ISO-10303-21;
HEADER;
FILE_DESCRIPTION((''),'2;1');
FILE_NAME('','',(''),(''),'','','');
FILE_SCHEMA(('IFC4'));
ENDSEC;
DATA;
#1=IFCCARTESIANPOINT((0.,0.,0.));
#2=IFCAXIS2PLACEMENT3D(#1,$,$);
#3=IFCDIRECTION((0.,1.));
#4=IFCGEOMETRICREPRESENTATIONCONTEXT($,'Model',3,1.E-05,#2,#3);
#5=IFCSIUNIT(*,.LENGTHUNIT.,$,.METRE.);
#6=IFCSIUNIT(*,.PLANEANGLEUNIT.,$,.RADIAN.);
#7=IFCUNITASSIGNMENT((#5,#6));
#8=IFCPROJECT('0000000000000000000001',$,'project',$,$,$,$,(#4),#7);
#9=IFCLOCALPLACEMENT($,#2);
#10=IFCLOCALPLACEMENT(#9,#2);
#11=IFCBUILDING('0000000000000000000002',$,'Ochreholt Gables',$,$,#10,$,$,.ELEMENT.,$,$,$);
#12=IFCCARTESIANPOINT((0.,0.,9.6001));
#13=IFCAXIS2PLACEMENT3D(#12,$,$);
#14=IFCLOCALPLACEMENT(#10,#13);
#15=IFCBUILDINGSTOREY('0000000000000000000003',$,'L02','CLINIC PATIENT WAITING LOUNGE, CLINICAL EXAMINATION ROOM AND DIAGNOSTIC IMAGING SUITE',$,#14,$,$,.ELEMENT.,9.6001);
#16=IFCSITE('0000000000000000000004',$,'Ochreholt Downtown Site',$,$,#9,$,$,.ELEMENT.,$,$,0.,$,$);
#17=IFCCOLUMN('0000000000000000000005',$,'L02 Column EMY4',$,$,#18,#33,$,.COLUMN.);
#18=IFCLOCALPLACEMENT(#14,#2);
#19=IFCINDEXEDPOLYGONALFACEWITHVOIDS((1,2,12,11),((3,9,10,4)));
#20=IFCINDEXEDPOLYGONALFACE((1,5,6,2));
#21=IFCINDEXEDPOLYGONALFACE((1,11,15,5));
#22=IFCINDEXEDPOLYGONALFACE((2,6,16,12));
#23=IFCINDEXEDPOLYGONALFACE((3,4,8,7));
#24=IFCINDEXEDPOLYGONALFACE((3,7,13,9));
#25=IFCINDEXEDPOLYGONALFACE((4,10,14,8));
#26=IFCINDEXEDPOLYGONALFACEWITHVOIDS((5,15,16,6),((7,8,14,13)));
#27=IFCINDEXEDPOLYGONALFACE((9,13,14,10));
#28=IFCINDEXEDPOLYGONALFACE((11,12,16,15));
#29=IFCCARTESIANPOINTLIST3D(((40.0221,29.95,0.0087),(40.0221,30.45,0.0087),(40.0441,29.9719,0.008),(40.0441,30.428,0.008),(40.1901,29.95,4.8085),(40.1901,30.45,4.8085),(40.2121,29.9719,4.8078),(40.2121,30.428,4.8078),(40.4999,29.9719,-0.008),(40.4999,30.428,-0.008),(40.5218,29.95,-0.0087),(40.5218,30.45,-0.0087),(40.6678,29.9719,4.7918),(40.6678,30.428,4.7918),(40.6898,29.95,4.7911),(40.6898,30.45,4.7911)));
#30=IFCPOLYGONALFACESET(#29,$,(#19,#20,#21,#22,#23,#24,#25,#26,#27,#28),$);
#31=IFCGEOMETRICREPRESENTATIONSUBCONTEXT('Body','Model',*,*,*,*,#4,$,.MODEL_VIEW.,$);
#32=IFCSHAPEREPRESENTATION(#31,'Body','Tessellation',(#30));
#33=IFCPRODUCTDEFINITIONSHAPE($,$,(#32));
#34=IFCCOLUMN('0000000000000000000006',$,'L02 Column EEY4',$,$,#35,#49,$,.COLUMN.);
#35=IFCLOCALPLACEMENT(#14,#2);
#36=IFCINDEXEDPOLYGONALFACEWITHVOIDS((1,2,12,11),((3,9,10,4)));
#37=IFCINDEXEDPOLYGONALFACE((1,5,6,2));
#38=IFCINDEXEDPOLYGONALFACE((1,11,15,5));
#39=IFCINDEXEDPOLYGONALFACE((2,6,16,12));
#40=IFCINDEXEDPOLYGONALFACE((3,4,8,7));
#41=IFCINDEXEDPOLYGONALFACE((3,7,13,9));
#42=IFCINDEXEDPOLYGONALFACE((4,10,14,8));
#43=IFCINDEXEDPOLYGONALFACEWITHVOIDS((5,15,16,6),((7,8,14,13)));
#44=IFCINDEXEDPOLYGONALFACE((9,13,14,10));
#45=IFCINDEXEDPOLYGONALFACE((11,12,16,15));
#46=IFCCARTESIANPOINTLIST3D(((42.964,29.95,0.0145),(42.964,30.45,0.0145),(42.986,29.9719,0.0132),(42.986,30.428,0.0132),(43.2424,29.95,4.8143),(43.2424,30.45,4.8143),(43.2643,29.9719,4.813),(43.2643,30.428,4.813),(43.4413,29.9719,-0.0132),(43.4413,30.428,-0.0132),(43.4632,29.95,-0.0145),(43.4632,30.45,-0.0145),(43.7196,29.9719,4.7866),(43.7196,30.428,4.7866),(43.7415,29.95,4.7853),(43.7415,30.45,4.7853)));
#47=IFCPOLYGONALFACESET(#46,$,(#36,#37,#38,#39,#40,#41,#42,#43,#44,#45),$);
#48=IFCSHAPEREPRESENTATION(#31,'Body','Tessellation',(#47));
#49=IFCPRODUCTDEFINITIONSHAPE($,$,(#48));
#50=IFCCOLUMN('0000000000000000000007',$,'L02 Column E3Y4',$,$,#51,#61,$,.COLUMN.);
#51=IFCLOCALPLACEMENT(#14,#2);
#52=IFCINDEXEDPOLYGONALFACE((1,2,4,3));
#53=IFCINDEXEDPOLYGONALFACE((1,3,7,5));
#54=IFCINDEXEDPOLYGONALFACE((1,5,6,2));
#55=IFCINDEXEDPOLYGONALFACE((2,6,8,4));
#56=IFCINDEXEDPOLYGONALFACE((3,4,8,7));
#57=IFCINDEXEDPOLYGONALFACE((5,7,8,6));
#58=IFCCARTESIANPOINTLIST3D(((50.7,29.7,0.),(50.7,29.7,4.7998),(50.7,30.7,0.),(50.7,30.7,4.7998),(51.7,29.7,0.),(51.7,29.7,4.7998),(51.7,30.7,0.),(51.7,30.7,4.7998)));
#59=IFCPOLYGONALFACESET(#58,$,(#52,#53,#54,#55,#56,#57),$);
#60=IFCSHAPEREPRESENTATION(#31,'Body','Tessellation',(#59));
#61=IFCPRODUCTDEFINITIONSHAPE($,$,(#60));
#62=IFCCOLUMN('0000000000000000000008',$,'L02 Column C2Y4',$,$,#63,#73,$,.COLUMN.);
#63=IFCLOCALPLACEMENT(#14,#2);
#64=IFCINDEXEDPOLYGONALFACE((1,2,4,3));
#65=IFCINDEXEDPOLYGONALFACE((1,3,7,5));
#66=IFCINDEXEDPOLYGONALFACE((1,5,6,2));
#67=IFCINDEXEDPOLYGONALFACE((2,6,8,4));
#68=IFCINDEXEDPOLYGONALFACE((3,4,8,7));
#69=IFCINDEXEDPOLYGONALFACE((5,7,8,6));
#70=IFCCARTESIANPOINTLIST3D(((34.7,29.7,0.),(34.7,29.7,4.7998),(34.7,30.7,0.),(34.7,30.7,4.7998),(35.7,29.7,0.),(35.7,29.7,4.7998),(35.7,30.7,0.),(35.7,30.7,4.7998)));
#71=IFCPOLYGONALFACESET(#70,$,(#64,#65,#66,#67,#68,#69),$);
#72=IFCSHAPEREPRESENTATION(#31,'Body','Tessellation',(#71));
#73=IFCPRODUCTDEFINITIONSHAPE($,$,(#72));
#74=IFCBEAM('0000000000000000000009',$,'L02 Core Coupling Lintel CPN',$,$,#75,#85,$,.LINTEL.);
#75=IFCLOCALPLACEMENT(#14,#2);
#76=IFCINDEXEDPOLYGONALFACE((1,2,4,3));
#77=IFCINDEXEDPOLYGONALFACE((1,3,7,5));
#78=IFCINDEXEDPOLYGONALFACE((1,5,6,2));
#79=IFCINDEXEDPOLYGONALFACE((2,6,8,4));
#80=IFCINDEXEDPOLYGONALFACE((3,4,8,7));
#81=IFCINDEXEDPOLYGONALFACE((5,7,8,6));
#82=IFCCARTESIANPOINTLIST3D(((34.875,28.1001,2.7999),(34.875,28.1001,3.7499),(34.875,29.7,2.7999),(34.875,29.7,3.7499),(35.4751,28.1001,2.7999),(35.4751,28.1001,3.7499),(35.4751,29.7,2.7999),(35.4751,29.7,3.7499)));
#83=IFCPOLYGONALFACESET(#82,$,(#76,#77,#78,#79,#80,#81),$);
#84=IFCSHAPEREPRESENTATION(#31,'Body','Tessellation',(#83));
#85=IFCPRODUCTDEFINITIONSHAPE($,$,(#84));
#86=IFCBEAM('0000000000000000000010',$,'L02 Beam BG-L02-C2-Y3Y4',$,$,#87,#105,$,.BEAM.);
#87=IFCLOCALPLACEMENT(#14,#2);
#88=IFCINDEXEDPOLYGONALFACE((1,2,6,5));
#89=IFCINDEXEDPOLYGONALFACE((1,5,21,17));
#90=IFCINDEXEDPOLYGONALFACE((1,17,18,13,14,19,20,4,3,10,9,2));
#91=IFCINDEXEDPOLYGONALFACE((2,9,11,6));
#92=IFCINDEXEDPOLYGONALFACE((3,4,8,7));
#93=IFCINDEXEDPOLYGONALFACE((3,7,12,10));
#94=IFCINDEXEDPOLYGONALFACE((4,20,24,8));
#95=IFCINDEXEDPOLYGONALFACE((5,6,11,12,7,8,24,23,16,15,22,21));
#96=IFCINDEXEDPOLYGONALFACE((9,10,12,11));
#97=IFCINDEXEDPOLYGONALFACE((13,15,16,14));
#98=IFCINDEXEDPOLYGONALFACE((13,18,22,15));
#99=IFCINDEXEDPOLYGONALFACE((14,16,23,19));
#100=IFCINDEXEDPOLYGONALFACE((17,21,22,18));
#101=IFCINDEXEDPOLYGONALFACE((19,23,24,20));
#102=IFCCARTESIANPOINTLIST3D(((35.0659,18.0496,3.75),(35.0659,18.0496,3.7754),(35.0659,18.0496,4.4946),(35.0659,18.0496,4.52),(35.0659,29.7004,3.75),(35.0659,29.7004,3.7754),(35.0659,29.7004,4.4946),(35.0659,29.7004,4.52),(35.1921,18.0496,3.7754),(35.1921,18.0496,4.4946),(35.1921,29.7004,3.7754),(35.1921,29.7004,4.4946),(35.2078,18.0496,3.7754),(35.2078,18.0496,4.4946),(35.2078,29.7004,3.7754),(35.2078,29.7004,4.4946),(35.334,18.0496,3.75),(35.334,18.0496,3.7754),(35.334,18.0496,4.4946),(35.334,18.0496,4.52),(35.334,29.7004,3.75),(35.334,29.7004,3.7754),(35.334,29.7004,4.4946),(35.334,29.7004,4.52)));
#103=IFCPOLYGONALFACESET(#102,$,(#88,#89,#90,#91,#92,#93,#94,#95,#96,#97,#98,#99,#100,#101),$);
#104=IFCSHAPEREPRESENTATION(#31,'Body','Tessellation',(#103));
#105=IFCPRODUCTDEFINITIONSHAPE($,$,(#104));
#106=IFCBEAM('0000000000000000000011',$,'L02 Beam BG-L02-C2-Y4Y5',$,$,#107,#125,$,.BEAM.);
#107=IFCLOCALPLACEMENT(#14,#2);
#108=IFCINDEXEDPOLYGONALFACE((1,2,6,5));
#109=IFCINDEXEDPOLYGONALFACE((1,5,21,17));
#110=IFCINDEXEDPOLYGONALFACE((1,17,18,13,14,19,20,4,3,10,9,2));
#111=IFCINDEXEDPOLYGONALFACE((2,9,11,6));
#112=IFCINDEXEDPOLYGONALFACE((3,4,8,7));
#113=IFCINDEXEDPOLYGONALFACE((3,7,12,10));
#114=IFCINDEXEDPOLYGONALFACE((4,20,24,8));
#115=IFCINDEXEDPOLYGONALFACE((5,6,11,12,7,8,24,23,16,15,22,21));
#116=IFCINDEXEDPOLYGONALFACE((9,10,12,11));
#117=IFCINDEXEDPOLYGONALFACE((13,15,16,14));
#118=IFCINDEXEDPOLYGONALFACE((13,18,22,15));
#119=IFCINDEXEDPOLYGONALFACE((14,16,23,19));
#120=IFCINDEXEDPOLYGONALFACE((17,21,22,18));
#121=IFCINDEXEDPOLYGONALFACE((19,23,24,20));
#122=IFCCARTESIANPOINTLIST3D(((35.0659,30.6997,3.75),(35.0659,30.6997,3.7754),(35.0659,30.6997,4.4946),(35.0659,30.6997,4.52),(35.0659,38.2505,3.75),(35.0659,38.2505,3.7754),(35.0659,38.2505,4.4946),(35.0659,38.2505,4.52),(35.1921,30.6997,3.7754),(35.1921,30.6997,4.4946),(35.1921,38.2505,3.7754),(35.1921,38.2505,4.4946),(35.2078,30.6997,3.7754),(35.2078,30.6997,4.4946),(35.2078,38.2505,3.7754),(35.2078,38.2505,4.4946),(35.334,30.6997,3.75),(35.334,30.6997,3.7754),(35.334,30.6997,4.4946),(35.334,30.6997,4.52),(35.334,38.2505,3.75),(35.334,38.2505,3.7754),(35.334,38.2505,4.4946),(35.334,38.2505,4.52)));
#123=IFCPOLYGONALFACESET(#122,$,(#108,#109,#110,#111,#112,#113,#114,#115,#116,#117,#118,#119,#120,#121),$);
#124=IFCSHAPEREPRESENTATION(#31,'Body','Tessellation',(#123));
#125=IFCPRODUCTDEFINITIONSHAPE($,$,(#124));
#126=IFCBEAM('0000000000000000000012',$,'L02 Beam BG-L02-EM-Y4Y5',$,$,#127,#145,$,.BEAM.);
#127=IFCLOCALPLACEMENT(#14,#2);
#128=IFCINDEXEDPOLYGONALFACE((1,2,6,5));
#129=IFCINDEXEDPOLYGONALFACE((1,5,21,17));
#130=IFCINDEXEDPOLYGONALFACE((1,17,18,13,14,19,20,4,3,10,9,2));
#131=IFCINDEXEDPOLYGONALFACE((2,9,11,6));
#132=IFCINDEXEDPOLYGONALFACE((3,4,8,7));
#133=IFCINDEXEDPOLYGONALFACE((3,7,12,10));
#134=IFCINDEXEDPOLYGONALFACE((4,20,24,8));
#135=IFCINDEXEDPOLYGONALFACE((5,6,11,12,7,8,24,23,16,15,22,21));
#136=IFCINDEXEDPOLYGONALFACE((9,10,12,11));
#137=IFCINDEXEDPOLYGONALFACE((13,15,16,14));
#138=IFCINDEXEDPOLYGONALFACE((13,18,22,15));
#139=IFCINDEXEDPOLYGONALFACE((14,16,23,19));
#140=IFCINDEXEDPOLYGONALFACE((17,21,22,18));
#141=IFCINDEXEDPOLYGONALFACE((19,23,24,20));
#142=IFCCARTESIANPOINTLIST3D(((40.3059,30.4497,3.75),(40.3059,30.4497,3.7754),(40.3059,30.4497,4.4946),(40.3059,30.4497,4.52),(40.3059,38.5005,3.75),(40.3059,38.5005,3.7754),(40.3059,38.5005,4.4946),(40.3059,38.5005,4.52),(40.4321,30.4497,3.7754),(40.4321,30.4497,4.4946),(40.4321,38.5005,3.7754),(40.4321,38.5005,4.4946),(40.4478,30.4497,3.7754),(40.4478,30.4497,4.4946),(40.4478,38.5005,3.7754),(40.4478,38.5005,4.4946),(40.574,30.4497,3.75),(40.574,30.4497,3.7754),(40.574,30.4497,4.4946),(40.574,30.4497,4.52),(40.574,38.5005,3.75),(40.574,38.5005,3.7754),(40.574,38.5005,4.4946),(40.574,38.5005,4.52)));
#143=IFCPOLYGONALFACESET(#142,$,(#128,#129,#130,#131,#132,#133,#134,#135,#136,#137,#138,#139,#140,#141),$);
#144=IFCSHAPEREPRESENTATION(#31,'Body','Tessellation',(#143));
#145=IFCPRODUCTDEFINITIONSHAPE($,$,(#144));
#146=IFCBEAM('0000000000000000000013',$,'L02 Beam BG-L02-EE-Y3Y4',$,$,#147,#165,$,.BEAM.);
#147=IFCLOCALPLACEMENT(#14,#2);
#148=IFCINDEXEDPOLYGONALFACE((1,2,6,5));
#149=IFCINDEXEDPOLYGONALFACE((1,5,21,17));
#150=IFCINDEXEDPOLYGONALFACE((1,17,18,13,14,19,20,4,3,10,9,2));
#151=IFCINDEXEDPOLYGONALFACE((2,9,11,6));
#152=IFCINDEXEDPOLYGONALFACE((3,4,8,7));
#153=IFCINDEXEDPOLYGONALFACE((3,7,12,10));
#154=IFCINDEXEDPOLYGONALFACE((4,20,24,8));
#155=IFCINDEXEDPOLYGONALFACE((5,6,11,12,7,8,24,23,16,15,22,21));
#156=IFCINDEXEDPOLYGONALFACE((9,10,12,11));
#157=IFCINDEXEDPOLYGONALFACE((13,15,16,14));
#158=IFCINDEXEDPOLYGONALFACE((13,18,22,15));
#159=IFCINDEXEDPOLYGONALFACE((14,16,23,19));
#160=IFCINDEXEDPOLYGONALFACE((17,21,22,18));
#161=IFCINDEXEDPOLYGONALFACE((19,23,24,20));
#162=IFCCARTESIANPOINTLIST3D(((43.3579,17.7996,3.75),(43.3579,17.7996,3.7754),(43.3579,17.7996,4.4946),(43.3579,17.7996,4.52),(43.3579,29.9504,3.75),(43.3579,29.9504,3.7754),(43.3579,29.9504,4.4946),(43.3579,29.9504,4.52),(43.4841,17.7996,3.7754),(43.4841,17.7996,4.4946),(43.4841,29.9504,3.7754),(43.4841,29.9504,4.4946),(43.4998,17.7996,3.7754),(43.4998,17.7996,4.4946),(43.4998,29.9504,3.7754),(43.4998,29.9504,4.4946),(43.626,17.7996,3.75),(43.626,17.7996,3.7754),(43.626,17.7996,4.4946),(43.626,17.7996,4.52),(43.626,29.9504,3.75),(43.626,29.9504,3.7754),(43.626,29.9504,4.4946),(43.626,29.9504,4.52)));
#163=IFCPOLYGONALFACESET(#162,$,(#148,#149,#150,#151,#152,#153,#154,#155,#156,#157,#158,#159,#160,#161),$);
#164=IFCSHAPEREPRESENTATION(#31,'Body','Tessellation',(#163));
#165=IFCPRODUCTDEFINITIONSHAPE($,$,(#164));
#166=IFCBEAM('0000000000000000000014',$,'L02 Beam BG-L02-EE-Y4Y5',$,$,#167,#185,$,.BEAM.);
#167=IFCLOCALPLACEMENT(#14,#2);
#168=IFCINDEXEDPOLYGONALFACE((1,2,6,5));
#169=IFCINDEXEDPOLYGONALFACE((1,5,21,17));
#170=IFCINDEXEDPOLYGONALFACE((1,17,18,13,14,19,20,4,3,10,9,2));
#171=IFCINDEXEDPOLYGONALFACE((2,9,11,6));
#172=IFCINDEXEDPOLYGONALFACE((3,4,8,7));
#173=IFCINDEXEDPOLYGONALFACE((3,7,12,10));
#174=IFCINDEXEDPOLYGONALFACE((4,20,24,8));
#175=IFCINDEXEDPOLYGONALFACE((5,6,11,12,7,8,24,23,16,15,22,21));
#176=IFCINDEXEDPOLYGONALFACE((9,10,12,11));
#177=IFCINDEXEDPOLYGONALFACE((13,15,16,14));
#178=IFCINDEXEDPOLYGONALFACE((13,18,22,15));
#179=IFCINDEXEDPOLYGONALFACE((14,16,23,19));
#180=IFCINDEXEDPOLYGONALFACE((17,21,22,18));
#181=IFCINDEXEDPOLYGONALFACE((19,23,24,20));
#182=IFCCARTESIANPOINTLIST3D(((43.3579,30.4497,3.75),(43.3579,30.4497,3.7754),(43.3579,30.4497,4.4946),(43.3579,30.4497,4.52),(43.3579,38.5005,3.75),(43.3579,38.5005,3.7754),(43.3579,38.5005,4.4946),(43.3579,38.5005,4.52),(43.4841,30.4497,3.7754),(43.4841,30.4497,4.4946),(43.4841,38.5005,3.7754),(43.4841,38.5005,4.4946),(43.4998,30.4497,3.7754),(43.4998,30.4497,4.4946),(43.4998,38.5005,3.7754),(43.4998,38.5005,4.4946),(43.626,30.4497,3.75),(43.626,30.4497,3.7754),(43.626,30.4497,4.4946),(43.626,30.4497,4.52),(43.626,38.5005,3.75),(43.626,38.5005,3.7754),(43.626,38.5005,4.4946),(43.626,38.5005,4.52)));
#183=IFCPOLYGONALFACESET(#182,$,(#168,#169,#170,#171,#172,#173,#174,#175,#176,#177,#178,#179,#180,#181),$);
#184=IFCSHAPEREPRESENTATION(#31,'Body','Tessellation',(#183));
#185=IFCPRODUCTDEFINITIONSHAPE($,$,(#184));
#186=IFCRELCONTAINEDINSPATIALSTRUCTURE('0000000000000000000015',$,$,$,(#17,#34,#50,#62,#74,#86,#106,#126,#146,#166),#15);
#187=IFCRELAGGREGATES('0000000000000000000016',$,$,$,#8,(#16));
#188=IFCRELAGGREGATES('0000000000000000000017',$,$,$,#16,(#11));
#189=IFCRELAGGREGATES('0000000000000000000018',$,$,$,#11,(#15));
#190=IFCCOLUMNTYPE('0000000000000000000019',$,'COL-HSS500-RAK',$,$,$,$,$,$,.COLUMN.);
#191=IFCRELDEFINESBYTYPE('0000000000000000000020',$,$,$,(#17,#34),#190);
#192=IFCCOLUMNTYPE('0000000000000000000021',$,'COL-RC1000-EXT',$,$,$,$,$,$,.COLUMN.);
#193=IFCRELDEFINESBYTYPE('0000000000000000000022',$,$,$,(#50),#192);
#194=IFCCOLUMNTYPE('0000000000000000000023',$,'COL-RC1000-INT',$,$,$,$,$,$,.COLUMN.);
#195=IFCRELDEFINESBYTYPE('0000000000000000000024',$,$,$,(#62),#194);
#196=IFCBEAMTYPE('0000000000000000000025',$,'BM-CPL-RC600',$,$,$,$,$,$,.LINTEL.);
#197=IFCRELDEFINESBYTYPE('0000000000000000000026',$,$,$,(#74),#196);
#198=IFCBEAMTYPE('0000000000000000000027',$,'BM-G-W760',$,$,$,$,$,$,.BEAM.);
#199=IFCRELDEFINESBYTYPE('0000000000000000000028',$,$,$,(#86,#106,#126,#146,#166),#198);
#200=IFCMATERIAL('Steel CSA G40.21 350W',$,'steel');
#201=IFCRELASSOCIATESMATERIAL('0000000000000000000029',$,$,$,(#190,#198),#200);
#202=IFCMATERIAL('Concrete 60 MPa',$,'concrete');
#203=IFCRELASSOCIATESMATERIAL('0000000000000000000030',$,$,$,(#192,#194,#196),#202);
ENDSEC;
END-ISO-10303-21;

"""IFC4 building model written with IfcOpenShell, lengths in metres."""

from ifc_helpers import new_model, si_unit, direction, frame, origin, origin_2d, place, context, subcontext, project, spatial, rectangle, hollow_rectangle, i_section, extrude, material, material_profile, profile_set, type_object, element, save


model = new_model("IFC4")

# Units and contexts
model_context = context("Model", 3, precision=1e-05, world=origin(), true_north=direction((0.0, 1.0)))
body_context = subcontext(model_context, "Body", "Model", "MODEL_VIEW")
ifc_project = project(units=[si_unit("LENGTHUNIT", "METRE"), si_unit("PLANEANGLEUNIT", "RADIAN")], contexts=[model_context])

# Site, building, storey
site_placement = place(None, origin())
site = spatial("IfcSite", under=ifc_project, at=site_placement, Name="Ochreholt Downtown Site", CompositionType="ELEMENT", RefElevation=0.0)
building_placement = place(site_placement, origin())
building = spatial("IfcBuilding", under=site, at=building_placement, Name="Ochreholt Gables", CompositionType="ELEMENT")
storey_placement = place(building_placement, frame((0.0, 0.0, 9.6001)))
storey = spatial("IfcBuildingStorey", under=building, at=storey_placement, Name="L02", Description="CLINIC PATIENT WAITING LOUNGE, CLINICAL EXAMINATION ROOM AND DIAGNOSTIC IMAGING SUITE", CompositionType="ELEMENT", Elevation=9.6001)

# Columns
ifc_material_1 = material(Name="Steel CSA G40.21 350W", Category="steel")
ifc_material_profile_1 = material_profile(ifc_material_1, hollow_rectangle(XDim=0.5, YDim=0.5, WallThickness=0.022, at=origin_2d()), Name="HSS500X500X22")
ifc_profile_set_1 = profile_set([ifc_material_profile_1], Name="Steel CSA G40.21 350W")
column_type_1 = type_object("IfcColumnType", Name="COL-HSS500-RAK", PredefinedType="COLUMN", material=ifc_profile_set_1)
column_1_placement = place(storey_placement, frame((40.272, 30.2, 0.0), z_axis=(0.034974, 0.0, 0.999388), x_axis=(0.0, 1.0, 0.0)))
element("IfcColumn", 1, at=column_1_placement, inside=storey, type_object=column_type_1, Name="L02 Column EMY4", PredefinedType="COLUMN", context=body_context, shape_type="SweptSolid", body=[
    extrude(hollow_rectangle(XDim=0.5, YDim=0.5, WallThickness=0.022, at=origin_2d()), origin(), (0.0, 0.0, 1.0), 4.8027),
])
column_2_placement = place(storey_placement, frame((43.2136, 30.2, 0.0), z_axis=(0.057889, 0.0, 0.998323), x_axis=(0.0, 1.0, 0.0)))
element("IfcColumn", 2, at=column_2_placement, inside=storey, type_object=column_type_1, Name="L02 Column EEY4", PredefinedType="COLUMN", context=body_context, shape_type="SweptSolid", body=[
    extrude(hollow_rectangle(XDim=0.5, YDim=0.5, WallThickness=0.022, at=origin_2d()), origin(), (0.0, 0.0, 1.0), 4.8079),
])
ifc_material_2 = material(Name="Concrete 60 MPa", Category="concrete")
ifc_material_profile_2 = material_profile(ifc_material_2, rectangle(XDim=1.0, YDim=1.0, at=origin_2d()), Name="RC1000X1000")
ifc_profile_set_2 = profile_set([ifc_material_profile_2], Name="Concrete 60 MPa")
column_type_2 = type_object("IfcColumnType", Name="COL-RC1000-EXT", PredefinedType="COLUMN", material=ifc_profile_set_2)
column_3_placement = place(storey_placement, frame((51.2, 30.2, 0.0), z_axis=(0.0, 0.0, 1.0), x_axis=(1.0, 0.0, 0.0)))
element("IfcColumn", 3, at=column_3_placement, inside=storey, type_object=column_type_2, Name="L02 Column E3Y4", PredefinedType="COLUMN", context=body_context, shape_type="SweptSolid", body=[
    extrude(rectangle(XDim=1.0, YDim=1.0, at=origin_2d()), origin(), (0.0, 0.0, 1.0), 4.7998),
])
ifc_material_profile_3 = material_profile(ifc_material_2, rectangle(XDim=1.0, YDim=1.0, at=origin_2d()), Name="RC1000X1000")
ifc_profile_set_3 = profile_set([ifc_material_profile_3], Name="Concrete 60 MPa")
column_type_3 = type_object("IfcColumnType", Name="COL-RC1000-INT", PredefinedType="COLUMN", material=ifc_profile_set_3)
column_4_placement = place(storey_placement, frame((35.2, 30.2, 0.0), z_axis=(0.0, 0.0, 1.0), x_axis=(1.0, 0.0, 0.0)))
element("IfcColumn", 4, at=column_4_placement, inside=storey, type_object=column_type_3, Name="L02 Column C2Y4", PredefinedType="COLUMN", context=body_context, shape_type="SweptSolid", body=[
    extrude(rectangle(XDim=1.0, YDim=1.0, at=origin_2d()), origin(), (0.0, 0.0, 1.0), 4.7998),
])

# Beams
ifc_material_profile_4 = material_profile(ifc_material_2, rectangle(XDim=0.6001, YDim=0.95, at=origin_2d()), Name="RCB600X950")
ifc_profile_set_4 = profile_set([ifc_material_profile_4], Name="Concrete 60 MPa")
beam_type_1 = type_object("IfcBeamType", Name="BM-CPL-RC600", PredefinedType="LINTEL", material=ifc_profile_set_4)
beam_1_placement = place(storey_placement, frame((35.175, 28.1001, 3.2749), z_axis=(0.0, 1.0, 0.0), x_axis=(-1.0, 0.0, 0.0)))
element("IfcBeam", 5, at=beam_1_placement, inside=storey, type_object=beam_type_1, Name="L02 Core Coupling Lintel CPN", PredefinedType="LINTEL", context=body_context, shape_type="SweptSolid", body=[
    extrude(rectangle(XDim=0.6001, YDim=0.95, at=origin_2d()), origin(), (0.0, 0.0, 1.0), 1.5999),
])
ifc_material_profile_5 = material_profile(ifc_material_1, i_section(OverallWidth=0.2681, OverallDepth=0.77, WebThickness=0.0156, FlangeThickness=0.0254, at=origin_2d()), Name="W760X196")
ifc_profile_set_5 = profile_set([ifc_material_profile_5], Name="Steel CSA G40.21 350W")
beam_type_2 = type_object("IfcBeamType", Name="BM-G-W760", PredefinedType="BEAM", material=ifc_profile_set_5)
beam_2_placement = place(storey_placement, frame((35.2, 18.0496, 4.135), z_axis=(0.0, 1.0, 0.0), x_axis=(-1.0, 0.0, 0.0)))
element("IfcBeam", 6, at=beam_2_placement, inside=storey, type_object=beam_type_2, Name="L02 Beam BG-L02-C2-Y3Y4", PredefinedType="BEAM", context=body_context, shape_type="SweptSolid", body=[
    extrude(i_section(OverallWidth=0.2681, OverallDepth=0.77, WebThickness=0.0156, FlangeThickness=0.0254, at=origin_2d()), origin(), (0.0, 0.0, 1.0), 11.6509),
])
beam_3_placement = place(storey_placement, frame((35.2, 30.6997, 4.135), z_axis=(0.0, 1.0, 0.0), x_axis=(-1.0, 0.0, 0.0)))
element("IfcBeam", 7, at=beam_3_placement, inside=storey, type_object=beam_type_2, Name="L02 Beam BG-L02-C2-Y4Y5", PredefinedType="BEAM", context=body_context, shape_type="SweptSolid", body=[
    extrude(i_section(OverallWidth=0.2681, OverallDepth=0.77, WebThickness=0.0156, FlangeThickness=0.0254, at=origin_2d()), origin(), (0.0, 0.0, 1.0), 7.5508),
])
beam_4_placement = place(storey_placement, frame((40.4399, 30.4497, 4.135), z_axis=(0.0, 1.0, 0.0), x_axis=(-1.0, 0.0, 0.0)))
element("IfcBeam", 8, at=beam_4_placement, inside=storey, type_object=beam_type_2, Name="L02 Beam BG-L02-EM-Y4Y5", PredefinedType="BEAM", context=body_context, shape_type="SweptSolid", body=[
    extrude(i_section(OverallWidth=0.2681, OverallDepth=0.77, WebThickness=0.0156, FlangeThickness=0.0254, at=origin_2d()), origin(), (0.0, 0.0, 1.0), 8.0508),
])
beam_5_placement = place(storey_placement, frame((43.4919, 17.7996, 4.135), z_axis=(0.0, 1.0, 0.0), x_axis=(-1.0, 0.0, 0.0)))
element("IfcBeam", 9, at=beam_5_placement, inside=storey, type_object=beam_type_2, Name="L02 Beam BG-L02-EE-Y3Y4", PredefinedType="BEAM", context=body_context, shape_type="SweptSolid", body=[
    extrude(i_section(OverallWidth=0.2681, OverallDepth=0.77, WebThickness=0.0156, FlangeThickness=0.0254, at=origin_2d()), origin(), (0.0, 0.0, 1.0), 12.1509),
])
beam_6_placement = place(storey_placement, frame((43.4919, 30.4497, 4.135), z_axis=(0.0, 1.0, 0.0), x_axis=(-1.0, 0.0, 0.0)))
element("IfcBeam", 10, at=beam_6_placement, inside=storey, type_object=beam_type_2, Name="L02 Beam BG-L02-EE-Y4Y5", PredefinedType="BEAM", context=body_context, shape_type="SweptSolid", body=[
    extrude(i_section(OverallWidth=0.2681, OverallDepth=0.77, WebThickness=0.0156, FlangeThickness=0.0254, at=origin_2d()), origin(), (0.0, 0.0, 1.0), 8.0508),
])

save(model, "model.ifc")
